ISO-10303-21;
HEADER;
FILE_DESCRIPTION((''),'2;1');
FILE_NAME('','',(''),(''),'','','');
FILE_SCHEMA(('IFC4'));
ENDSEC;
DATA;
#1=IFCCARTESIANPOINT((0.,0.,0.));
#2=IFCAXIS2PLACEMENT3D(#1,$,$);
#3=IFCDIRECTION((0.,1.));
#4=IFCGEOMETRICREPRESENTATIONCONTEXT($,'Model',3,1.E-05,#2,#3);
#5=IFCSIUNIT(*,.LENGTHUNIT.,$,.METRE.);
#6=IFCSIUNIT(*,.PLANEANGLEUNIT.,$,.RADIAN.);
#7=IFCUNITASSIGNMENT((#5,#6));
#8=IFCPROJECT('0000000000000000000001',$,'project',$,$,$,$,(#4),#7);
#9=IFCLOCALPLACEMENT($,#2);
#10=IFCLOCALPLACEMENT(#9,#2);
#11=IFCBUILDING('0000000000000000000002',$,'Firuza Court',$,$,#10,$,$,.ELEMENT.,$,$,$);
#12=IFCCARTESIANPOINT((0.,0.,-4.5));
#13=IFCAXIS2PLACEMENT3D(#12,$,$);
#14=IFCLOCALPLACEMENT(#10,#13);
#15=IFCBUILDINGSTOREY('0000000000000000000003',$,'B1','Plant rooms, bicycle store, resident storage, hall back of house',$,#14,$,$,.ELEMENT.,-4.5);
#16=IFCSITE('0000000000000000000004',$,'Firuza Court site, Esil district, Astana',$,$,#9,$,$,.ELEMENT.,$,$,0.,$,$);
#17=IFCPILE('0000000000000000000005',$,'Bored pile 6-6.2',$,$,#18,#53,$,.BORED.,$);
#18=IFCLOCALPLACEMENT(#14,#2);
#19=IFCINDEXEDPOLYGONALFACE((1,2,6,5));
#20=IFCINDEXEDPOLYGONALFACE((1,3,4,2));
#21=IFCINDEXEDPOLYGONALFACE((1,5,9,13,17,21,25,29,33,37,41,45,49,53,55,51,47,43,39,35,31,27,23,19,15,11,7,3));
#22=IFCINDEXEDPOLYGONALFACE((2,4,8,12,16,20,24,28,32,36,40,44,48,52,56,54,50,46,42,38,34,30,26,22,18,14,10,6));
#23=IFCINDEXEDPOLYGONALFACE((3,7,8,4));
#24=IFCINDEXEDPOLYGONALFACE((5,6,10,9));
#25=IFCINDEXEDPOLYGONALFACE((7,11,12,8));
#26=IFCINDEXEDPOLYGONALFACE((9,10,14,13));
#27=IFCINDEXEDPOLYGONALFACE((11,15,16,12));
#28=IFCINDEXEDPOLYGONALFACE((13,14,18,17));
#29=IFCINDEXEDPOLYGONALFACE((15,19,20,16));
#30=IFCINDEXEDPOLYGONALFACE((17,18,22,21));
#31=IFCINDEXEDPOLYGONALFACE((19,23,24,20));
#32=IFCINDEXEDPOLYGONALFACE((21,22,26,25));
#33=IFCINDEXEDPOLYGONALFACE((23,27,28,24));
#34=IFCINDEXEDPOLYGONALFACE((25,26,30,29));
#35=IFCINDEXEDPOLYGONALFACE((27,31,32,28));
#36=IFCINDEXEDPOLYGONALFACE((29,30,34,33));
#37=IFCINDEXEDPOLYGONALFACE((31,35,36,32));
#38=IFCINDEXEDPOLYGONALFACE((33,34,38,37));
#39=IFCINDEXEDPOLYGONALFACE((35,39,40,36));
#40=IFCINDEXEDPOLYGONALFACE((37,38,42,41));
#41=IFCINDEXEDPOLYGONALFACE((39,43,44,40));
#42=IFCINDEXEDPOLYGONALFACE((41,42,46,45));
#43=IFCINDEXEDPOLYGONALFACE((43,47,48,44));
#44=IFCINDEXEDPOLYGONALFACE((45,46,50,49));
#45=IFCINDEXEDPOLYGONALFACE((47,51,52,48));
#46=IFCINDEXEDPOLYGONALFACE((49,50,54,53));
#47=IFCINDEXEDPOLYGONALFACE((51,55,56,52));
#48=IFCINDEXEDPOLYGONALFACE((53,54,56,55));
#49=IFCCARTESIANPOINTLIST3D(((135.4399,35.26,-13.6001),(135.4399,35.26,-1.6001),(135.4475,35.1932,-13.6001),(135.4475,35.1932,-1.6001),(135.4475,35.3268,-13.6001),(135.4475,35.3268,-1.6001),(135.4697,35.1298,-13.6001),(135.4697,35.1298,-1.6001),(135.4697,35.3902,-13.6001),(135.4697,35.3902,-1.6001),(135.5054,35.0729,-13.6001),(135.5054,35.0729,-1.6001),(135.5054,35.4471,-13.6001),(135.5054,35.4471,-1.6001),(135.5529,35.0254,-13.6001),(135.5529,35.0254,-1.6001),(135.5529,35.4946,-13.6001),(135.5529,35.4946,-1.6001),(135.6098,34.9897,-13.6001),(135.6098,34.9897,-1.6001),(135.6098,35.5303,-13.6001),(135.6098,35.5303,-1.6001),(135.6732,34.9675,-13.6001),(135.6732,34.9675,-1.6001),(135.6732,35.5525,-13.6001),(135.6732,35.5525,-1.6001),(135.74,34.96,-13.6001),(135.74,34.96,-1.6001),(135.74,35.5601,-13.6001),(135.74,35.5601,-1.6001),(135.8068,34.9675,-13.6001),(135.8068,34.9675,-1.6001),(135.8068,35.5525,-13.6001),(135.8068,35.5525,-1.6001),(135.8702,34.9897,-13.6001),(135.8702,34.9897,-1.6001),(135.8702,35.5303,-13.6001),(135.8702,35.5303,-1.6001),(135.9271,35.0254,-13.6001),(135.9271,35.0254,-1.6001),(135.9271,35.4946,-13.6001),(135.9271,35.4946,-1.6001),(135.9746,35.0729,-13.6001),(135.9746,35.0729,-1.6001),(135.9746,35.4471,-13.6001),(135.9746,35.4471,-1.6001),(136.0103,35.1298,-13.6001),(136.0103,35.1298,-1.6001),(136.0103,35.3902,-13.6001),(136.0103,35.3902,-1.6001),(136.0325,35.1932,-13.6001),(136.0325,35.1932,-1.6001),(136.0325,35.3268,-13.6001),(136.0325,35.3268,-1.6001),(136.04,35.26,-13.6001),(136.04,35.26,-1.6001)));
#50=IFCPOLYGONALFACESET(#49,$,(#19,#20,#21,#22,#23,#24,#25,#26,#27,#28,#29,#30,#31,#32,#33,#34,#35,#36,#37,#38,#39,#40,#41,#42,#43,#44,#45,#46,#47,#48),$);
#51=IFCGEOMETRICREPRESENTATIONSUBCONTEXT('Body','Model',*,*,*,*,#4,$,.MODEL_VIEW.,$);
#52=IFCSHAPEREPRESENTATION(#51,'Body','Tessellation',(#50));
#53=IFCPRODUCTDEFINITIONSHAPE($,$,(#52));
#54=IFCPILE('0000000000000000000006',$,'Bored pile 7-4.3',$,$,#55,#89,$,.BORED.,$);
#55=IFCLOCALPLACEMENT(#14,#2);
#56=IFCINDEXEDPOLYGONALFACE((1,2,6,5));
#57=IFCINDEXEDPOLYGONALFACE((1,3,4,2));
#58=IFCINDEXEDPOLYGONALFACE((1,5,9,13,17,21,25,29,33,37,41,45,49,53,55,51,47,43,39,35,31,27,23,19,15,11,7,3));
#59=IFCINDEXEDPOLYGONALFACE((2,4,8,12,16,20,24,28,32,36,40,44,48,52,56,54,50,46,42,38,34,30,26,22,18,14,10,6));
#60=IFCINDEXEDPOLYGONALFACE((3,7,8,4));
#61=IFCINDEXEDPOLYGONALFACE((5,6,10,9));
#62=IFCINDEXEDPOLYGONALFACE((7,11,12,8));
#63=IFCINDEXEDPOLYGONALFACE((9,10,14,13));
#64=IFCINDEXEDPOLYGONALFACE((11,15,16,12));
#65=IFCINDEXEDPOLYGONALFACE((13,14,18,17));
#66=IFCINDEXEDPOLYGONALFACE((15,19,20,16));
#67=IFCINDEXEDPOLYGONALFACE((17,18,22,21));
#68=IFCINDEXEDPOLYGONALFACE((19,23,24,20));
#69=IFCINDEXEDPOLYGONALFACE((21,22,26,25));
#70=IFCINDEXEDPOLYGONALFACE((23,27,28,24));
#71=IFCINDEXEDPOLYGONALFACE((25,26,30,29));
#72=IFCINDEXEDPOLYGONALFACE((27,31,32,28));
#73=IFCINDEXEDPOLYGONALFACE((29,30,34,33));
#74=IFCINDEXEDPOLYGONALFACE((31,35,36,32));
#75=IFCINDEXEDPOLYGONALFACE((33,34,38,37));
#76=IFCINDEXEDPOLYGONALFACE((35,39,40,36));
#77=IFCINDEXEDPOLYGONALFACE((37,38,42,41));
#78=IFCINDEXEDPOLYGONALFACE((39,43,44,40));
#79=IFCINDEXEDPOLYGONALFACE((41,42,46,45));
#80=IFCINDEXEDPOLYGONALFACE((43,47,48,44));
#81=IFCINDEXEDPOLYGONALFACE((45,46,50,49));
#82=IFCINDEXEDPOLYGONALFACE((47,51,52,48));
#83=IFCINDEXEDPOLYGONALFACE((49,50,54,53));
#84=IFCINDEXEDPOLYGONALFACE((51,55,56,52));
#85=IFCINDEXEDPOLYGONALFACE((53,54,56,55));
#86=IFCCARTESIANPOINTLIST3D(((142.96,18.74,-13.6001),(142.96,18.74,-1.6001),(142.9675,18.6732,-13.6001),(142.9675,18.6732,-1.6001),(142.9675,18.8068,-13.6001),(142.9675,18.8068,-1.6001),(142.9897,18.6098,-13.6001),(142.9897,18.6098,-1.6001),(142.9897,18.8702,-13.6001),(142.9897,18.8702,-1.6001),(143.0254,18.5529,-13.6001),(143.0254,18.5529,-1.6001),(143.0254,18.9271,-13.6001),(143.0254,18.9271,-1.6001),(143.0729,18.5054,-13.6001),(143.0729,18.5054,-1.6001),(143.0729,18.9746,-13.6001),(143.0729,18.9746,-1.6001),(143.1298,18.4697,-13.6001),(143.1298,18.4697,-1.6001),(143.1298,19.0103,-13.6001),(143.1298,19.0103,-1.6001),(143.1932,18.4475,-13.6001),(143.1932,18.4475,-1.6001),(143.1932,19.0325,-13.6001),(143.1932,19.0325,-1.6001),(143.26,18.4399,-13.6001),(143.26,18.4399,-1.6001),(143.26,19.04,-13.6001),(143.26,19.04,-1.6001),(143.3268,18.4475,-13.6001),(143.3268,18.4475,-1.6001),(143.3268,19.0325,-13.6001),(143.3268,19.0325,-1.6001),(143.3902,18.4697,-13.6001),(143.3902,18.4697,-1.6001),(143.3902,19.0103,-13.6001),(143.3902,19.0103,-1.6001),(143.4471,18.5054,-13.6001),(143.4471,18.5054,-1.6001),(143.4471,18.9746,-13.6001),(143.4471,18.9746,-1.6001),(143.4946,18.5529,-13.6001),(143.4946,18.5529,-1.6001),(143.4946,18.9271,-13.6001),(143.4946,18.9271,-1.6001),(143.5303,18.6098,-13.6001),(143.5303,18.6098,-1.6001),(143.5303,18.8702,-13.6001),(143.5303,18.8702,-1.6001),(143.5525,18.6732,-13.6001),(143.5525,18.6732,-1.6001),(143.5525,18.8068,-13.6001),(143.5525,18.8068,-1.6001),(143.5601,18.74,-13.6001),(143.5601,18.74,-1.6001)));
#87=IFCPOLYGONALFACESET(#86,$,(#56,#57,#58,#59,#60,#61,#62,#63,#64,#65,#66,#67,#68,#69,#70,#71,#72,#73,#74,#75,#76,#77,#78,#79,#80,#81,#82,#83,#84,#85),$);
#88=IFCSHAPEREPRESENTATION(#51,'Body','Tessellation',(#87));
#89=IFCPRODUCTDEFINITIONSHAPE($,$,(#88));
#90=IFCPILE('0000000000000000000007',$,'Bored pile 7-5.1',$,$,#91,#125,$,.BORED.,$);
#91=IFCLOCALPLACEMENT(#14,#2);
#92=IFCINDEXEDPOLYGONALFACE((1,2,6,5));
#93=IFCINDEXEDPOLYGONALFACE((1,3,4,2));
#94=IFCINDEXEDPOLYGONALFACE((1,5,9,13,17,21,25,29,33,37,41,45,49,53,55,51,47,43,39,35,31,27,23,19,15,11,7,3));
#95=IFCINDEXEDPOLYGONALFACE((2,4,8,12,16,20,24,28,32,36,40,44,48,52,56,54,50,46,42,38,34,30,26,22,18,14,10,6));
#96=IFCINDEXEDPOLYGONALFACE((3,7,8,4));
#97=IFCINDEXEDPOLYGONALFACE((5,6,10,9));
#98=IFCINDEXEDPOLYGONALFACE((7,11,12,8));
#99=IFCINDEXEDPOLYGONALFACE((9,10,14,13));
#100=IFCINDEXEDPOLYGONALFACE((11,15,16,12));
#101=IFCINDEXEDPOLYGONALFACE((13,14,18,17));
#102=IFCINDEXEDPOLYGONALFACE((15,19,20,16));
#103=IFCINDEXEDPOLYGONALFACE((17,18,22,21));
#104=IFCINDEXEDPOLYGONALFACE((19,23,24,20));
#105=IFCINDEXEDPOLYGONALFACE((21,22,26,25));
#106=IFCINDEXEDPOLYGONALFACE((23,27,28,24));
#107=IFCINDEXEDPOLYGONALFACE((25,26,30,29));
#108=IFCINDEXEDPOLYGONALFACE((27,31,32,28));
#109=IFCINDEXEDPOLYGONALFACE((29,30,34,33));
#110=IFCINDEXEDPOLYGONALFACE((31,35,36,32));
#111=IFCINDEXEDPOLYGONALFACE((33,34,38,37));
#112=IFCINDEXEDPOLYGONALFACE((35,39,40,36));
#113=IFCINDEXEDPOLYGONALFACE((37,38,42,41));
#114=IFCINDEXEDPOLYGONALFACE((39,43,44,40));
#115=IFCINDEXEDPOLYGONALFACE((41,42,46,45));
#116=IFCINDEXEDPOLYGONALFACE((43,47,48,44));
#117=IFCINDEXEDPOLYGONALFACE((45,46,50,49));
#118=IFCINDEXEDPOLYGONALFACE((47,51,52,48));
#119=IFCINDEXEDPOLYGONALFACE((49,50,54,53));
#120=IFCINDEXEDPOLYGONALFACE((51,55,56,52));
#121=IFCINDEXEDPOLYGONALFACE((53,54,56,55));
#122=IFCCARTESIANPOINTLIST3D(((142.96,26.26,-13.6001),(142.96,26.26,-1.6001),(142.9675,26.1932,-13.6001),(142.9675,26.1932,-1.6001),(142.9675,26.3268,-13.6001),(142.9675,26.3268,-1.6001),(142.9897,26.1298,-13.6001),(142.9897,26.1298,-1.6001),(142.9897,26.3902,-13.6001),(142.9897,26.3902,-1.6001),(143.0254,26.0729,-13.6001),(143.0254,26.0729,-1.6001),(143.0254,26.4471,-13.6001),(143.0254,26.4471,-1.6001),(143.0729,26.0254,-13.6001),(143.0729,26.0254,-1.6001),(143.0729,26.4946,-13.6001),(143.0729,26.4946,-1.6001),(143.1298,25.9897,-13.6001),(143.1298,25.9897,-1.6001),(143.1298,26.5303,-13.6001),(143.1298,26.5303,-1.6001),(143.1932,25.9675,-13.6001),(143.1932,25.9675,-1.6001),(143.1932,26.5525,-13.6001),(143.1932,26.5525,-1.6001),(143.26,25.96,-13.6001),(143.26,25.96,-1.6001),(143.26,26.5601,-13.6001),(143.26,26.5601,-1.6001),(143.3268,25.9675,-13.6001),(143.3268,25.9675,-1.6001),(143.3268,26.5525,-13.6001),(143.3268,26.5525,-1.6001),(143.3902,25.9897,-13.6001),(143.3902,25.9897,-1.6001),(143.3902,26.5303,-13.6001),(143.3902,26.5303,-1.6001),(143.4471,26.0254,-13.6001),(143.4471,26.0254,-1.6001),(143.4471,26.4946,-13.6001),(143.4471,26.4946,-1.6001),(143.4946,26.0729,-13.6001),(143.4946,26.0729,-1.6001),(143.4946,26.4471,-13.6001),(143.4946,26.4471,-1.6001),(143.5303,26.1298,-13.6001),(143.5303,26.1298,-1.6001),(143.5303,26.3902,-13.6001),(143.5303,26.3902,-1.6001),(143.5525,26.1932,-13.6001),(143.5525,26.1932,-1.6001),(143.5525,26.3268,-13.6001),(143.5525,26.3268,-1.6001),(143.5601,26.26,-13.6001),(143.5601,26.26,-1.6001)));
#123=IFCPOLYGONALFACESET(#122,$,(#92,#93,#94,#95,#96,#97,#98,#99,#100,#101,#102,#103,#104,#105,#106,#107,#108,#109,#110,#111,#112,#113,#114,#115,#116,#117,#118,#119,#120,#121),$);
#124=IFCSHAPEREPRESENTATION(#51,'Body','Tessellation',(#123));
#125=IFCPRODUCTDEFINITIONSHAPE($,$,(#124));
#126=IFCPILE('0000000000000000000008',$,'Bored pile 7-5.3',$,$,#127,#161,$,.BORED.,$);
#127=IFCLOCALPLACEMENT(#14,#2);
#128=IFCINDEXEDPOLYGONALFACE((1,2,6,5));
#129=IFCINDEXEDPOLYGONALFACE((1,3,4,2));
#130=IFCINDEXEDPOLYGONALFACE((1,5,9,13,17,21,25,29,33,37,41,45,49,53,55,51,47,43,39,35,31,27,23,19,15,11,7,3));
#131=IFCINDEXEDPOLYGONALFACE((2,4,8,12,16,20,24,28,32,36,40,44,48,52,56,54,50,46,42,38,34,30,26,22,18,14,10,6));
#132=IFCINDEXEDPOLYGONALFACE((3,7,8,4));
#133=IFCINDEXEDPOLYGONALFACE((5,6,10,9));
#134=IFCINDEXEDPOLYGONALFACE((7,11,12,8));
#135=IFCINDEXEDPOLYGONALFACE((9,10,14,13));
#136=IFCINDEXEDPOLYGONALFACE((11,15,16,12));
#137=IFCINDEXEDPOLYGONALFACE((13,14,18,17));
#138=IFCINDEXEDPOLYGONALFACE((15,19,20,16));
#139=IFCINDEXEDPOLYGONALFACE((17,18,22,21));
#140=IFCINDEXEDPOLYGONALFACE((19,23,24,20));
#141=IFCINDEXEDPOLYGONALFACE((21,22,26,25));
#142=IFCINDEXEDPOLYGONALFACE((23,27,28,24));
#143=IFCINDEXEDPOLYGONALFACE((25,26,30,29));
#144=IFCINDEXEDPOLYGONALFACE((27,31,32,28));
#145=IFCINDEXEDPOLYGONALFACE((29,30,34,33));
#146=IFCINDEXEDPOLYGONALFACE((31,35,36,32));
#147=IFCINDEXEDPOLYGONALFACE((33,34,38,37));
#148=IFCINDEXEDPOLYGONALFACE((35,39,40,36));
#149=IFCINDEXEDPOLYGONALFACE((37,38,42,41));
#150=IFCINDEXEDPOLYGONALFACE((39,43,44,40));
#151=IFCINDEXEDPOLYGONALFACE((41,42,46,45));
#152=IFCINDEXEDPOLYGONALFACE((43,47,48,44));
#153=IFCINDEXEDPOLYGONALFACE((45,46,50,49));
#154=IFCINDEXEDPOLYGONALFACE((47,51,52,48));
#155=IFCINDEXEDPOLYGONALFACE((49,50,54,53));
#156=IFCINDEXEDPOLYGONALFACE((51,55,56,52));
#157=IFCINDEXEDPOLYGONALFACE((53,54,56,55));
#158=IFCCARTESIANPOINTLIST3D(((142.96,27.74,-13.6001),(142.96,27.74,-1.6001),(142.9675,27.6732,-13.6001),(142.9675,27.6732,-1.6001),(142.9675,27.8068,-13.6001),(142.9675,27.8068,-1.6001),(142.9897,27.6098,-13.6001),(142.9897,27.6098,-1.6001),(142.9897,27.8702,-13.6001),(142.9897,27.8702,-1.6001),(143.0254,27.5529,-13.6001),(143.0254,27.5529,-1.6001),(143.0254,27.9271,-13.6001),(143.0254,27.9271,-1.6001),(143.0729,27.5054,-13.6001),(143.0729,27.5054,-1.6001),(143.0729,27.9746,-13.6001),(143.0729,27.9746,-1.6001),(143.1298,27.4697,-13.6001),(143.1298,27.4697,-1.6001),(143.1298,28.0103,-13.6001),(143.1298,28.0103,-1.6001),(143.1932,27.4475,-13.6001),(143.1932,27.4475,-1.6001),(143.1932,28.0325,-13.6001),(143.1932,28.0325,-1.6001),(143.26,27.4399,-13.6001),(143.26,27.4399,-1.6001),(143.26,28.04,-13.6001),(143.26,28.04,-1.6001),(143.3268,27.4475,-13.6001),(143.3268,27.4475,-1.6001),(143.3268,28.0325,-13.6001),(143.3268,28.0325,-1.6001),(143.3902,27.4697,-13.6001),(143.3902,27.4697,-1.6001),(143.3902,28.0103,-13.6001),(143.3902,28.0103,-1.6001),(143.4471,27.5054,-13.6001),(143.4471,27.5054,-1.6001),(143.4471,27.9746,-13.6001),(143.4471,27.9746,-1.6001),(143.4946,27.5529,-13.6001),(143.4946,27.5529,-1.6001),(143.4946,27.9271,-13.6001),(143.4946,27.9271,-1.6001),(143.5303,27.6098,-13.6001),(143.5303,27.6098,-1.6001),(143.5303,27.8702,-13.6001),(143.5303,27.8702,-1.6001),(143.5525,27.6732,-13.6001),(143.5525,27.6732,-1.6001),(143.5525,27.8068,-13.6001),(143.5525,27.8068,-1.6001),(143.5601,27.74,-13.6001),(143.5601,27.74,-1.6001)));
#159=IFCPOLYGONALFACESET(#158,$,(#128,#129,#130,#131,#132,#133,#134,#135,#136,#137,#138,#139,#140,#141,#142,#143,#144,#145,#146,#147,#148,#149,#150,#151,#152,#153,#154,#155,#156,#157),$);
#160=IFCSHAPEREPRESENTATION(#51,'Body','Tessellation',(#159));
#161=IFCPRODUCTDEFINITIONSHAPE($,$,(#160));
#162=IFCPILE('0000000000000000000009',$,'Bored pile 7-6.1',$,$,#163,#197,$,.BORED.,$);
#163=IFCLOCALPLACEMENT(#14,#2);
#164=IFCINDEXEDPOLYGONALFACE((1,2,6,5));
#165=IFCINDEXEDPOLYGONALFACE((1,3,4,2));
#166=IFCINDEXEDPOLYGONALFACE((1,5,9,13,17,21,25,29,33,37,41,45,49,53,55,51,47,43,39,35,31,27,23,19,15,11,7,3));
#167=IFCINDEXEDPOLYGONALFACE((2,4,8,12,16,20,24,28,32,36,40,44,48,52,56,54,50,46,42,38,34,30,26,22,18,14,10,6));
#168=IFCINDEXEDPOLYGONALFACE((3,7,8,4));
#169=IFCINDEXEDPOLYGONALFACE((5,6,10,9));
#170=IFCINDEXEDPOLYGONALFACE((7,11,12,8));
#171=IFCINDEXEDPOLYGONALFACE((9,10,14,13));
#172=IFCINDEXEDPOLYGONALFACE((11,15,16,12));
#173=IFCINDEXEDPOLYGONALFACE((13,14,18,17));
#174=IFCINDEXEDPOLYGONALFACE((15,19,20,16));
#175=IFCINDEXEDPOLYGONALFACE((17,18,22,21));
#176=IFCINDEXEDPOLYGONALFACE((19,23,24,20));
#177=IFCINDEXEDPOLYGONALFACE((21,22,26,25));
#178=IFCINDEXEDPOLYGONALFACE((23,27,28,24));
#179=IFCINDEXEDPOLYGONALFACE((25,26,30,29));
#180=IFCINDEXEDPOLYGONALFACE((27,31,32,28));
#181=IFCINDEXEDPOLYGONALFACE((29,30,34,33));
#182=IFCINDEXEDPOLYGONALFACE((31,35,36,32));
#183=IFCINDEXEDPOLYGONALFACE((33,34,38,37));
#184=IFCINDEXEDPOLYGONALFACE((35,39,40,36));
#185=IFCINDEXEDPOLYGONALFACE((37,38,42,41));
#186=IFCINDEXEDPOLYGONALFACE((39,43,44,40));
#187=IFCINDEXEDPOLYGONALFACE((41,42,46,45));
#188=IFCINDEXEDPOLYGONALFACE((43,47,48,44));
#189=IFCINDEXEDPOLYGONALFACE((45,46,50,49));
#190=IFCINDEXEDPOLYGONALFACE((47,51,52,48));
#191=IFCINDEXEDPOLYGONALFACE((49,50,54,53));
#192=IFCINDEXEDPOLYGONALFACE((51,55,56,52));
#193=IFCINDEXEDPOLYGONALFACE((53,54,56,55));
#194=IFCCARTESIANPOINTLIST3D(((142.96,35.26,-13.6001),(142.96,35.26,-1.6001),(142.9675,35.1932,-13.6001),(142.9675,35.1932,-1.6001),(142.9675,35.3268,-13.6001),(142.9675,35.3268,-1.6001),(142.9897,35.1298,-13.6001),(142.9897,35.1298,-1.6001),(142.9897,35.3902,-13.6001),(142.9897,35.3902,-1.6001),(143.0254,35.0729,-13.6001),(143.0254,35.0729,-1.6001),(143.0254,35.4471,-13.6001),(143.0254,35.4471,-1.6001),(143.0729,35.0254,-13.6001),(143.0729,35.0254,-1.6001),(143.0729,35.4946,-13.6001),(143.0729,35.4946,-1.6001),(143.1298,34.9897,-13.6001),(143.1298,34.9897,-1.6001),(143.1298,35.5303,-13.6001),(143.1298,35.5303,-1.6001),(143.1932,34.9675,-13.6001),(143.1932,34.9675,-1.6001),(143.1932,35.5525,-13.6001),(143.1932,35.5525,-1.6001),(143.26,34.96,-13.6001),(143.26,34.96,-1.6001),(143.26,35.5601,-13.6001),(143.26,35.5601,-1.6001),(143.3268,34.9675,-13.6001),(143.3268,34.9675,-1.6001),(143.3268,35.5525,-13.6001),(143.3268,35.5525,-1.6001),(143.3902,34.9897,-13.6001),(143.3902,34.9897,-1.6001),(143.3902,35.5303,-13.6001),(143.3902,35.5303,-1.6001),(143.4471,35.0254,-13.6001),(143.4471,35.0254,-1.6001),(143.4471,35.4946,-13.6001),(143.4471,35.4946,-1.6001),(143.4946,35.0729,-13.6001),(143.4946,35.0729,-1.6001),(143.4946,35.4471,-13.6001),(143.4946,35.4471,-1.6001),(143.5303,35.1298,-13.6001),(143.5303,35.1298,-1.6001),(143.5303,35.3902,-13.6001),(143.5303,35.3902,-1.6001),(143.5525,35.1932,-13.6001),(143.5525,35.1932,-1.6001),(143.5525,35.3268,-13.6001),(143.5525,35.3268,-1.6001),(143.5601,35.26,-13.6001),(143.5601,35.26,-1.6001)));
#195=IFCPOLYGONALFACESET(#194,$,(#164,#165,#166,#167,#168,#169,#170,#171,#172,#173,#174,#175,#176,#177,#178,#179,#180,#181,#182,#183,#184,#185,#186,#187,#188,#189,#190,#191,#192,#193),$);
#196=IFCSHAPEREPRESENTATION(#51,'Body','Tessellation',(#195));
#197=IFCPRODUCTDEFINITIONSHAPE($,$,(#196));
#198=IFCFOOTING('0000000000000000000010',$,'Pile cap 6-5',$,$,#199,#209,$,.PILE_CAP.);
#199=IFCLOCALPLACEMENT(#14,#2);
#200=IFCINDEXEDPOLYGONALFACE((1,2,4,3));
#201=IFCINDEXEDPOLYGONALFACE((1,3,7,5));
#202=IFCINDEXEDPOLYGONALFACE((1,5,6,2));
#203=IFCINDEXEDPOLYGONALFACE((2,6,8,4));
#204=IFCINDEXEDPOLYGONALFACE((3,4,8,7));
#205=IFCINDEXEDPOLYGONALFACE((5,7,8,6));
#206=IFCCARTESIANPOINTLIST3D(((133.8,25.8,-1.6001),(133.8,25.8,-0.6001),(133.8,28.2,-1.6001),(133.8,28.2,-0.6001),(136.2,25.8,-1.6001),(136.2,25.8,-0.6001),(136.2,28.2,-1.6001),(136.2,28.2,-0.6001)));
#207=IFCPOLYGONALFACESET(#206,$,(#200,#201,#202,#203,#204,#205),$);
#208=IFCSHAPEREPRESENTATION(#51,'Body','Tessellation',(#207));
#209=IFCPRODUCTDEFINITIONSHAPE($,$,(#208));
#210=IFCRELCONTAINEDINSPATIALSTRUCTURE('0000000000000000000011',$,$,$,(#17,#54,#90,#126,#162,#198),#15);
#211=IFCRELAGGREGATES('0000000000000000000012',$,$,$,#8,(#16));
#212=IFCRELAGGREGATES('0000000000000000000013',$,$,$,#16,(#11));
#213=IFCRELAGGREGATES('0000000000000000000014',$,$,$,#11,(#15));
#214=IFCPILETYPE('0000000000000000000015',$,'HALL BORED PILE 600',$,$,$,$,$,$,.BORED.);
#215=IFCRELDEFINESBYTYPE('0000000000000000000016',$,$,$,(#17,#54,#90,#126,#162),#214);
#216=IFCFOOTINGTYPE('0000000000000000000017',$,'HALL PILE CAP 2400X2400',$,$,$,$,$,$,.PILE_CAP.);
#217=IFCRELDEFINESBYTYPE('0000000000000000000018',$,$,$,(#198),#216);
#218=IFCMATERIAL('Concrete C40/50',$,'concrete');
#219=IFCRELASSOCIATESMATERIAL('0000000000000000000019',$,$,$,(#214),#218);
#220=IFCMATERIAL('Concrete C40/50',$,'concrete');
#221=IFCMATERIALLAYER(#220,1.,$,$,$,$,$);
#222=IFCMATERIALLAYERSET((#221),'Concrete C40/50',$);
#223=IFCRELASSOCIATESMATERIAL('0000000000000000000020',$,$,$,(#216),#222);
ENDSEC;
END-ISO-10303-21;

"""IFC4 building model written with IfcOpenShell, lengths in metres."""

from ifc_helpers import new_model, si_unit, direction, frame, origin, origin_2d, place, context, subcontext, project, spatial, rectangle, circle, extrude, material, layer, layer_set, material_profile, profile_set, type_object, element, save


model = new_model("IFC4")

# Units and contexts
model_context = context("Model", 3, precision=1e-05, world=origin(), true_north=direction((0.0, 1.0)))
body_context = subcontext(model_context, "Body", "Model", "MODEL_VIEW")
ifc_project = project(units=[si_unit("LENGTHUNIT", "METRE"), si_unit("PLANEANGLEUNIT", "RADIAN")], contexts=[model_context])

# Site, building, storey
site_placement = place(None, origin())
site = spatial("IfcSite", under=ifc_project, at=site_placement, Name="Firuza Court site, Esil district, Astana", CompositionType="ELEMENT", RefElevation=0.0)
building_placement = place(site_placement, origin())
building = spatial("IfcBuilding", under=site, at=building_placement, Name="Firuza Court", CompositionType="ELEMENT")
storey_placement = place(building_placement, frame((0.0, 0.0, -4.5)))
storey = spatial("IfcBuildingStorey", under=building, at=storey_placement, Name="B1", Description="Plant rooms, bicycle store, resident storage, hall back of house", CompositionType="ELEMENT", Elevation=-4.5)

# Piles
ifc_material_1 = material(Name="Concrete C40/50", Category="concrete")
ifc_material_profile_1 = material_profile(ifc_material_1, circle(Radius=0.3, at=origin_2d()), Name="PILE 600")
ifc_profile_set_1 = profile_set([ifc_material_profile_1], Name="Concrete C40/50")
pile_type = type_object("IfcPileType", Name="HALL BORED PILE 600", PredefinedType="BORED", material=ifc_profile_set_1)
for number, where, z_axis, x_axis, name in (
    (1, (135.74, 35.26, -1.6001), (0.0, 0.0, -1.0), (1.0, 0.0, 0.0), "Bored pile 6-6.2"),
    (2, (143.26, 18.74, -1.6001), (0.0, 0.0, -1.0), (1.0, 0.0, 0.0), "Bored pile 7-4.3"),
    (3, (143.26, 26.26, -1.6001), (0.0, 0.0, -1.0), (1.0, 0.0, 0.0), "Bored pile 7-5.1"),
    (4, (143.26, 27.74, -1.6001), (0.0, 0.0, -1.0), (1.0, 0.0, 0.0), "Bored pile 7-5.3"),
    (5, (143.26, 35.26, -1.6001), (0.0, 0.0, -1.0), (1.0, 0.0, 0.0), "Bored pile 7-6.1"),
):
    element("IfcPile", number, at=place(storey_placement, frame(where, z_axis=z_axis, x_axis=x_axis)), inside=storey, type_object=pile_type, Name=name, PredefinedType="BORED", context=body_context, shape_type="SweptSolid", body=[
        extrude(circle(Radius=0.3, at=origin_2d()), origin(), (0.0, 0.0, 1.0), 12.0),
    ])

# Footing
ifc_material_2 = material(Name="Concrete C40/50", Category="concrete")
ifc_layer_1 = layer(ifc_material_2, 1.0)
ifc_layer_set_1 = layer_set([ifc_layer_1], Name="Concrete C40/50")
footing_type = type_object("IfcFootingType", Name="HALL PILE CAP 2400X2400", PredefinedType="PILE_CAP", material=ifc_layer_set_1)
for number, where, z_axis, x_axis, name in (
    (6, (135.0, 27.0, -1.6001), (0.0, 0.0, 1.0), (1.0, 0.0, 0.0), "Pile cap 6-5"),
):
    element("IfcFooting", number, at=place(storey_placement, frame(where, z_axis=z_axis, x_axis=x_axis)), inside=storey, type_object=footing_type, Name=name, PredefinedType="PILE_CAP", context=body_context, shape_type="SweptSolid", body=[
        extrude(rectangle(XDim=2.3999, YDim=2.3999, at=origin_2d()), origin(), (0.0, 0.0, 1.0), 1.0),
    ])

save(model, "model.ifc")
